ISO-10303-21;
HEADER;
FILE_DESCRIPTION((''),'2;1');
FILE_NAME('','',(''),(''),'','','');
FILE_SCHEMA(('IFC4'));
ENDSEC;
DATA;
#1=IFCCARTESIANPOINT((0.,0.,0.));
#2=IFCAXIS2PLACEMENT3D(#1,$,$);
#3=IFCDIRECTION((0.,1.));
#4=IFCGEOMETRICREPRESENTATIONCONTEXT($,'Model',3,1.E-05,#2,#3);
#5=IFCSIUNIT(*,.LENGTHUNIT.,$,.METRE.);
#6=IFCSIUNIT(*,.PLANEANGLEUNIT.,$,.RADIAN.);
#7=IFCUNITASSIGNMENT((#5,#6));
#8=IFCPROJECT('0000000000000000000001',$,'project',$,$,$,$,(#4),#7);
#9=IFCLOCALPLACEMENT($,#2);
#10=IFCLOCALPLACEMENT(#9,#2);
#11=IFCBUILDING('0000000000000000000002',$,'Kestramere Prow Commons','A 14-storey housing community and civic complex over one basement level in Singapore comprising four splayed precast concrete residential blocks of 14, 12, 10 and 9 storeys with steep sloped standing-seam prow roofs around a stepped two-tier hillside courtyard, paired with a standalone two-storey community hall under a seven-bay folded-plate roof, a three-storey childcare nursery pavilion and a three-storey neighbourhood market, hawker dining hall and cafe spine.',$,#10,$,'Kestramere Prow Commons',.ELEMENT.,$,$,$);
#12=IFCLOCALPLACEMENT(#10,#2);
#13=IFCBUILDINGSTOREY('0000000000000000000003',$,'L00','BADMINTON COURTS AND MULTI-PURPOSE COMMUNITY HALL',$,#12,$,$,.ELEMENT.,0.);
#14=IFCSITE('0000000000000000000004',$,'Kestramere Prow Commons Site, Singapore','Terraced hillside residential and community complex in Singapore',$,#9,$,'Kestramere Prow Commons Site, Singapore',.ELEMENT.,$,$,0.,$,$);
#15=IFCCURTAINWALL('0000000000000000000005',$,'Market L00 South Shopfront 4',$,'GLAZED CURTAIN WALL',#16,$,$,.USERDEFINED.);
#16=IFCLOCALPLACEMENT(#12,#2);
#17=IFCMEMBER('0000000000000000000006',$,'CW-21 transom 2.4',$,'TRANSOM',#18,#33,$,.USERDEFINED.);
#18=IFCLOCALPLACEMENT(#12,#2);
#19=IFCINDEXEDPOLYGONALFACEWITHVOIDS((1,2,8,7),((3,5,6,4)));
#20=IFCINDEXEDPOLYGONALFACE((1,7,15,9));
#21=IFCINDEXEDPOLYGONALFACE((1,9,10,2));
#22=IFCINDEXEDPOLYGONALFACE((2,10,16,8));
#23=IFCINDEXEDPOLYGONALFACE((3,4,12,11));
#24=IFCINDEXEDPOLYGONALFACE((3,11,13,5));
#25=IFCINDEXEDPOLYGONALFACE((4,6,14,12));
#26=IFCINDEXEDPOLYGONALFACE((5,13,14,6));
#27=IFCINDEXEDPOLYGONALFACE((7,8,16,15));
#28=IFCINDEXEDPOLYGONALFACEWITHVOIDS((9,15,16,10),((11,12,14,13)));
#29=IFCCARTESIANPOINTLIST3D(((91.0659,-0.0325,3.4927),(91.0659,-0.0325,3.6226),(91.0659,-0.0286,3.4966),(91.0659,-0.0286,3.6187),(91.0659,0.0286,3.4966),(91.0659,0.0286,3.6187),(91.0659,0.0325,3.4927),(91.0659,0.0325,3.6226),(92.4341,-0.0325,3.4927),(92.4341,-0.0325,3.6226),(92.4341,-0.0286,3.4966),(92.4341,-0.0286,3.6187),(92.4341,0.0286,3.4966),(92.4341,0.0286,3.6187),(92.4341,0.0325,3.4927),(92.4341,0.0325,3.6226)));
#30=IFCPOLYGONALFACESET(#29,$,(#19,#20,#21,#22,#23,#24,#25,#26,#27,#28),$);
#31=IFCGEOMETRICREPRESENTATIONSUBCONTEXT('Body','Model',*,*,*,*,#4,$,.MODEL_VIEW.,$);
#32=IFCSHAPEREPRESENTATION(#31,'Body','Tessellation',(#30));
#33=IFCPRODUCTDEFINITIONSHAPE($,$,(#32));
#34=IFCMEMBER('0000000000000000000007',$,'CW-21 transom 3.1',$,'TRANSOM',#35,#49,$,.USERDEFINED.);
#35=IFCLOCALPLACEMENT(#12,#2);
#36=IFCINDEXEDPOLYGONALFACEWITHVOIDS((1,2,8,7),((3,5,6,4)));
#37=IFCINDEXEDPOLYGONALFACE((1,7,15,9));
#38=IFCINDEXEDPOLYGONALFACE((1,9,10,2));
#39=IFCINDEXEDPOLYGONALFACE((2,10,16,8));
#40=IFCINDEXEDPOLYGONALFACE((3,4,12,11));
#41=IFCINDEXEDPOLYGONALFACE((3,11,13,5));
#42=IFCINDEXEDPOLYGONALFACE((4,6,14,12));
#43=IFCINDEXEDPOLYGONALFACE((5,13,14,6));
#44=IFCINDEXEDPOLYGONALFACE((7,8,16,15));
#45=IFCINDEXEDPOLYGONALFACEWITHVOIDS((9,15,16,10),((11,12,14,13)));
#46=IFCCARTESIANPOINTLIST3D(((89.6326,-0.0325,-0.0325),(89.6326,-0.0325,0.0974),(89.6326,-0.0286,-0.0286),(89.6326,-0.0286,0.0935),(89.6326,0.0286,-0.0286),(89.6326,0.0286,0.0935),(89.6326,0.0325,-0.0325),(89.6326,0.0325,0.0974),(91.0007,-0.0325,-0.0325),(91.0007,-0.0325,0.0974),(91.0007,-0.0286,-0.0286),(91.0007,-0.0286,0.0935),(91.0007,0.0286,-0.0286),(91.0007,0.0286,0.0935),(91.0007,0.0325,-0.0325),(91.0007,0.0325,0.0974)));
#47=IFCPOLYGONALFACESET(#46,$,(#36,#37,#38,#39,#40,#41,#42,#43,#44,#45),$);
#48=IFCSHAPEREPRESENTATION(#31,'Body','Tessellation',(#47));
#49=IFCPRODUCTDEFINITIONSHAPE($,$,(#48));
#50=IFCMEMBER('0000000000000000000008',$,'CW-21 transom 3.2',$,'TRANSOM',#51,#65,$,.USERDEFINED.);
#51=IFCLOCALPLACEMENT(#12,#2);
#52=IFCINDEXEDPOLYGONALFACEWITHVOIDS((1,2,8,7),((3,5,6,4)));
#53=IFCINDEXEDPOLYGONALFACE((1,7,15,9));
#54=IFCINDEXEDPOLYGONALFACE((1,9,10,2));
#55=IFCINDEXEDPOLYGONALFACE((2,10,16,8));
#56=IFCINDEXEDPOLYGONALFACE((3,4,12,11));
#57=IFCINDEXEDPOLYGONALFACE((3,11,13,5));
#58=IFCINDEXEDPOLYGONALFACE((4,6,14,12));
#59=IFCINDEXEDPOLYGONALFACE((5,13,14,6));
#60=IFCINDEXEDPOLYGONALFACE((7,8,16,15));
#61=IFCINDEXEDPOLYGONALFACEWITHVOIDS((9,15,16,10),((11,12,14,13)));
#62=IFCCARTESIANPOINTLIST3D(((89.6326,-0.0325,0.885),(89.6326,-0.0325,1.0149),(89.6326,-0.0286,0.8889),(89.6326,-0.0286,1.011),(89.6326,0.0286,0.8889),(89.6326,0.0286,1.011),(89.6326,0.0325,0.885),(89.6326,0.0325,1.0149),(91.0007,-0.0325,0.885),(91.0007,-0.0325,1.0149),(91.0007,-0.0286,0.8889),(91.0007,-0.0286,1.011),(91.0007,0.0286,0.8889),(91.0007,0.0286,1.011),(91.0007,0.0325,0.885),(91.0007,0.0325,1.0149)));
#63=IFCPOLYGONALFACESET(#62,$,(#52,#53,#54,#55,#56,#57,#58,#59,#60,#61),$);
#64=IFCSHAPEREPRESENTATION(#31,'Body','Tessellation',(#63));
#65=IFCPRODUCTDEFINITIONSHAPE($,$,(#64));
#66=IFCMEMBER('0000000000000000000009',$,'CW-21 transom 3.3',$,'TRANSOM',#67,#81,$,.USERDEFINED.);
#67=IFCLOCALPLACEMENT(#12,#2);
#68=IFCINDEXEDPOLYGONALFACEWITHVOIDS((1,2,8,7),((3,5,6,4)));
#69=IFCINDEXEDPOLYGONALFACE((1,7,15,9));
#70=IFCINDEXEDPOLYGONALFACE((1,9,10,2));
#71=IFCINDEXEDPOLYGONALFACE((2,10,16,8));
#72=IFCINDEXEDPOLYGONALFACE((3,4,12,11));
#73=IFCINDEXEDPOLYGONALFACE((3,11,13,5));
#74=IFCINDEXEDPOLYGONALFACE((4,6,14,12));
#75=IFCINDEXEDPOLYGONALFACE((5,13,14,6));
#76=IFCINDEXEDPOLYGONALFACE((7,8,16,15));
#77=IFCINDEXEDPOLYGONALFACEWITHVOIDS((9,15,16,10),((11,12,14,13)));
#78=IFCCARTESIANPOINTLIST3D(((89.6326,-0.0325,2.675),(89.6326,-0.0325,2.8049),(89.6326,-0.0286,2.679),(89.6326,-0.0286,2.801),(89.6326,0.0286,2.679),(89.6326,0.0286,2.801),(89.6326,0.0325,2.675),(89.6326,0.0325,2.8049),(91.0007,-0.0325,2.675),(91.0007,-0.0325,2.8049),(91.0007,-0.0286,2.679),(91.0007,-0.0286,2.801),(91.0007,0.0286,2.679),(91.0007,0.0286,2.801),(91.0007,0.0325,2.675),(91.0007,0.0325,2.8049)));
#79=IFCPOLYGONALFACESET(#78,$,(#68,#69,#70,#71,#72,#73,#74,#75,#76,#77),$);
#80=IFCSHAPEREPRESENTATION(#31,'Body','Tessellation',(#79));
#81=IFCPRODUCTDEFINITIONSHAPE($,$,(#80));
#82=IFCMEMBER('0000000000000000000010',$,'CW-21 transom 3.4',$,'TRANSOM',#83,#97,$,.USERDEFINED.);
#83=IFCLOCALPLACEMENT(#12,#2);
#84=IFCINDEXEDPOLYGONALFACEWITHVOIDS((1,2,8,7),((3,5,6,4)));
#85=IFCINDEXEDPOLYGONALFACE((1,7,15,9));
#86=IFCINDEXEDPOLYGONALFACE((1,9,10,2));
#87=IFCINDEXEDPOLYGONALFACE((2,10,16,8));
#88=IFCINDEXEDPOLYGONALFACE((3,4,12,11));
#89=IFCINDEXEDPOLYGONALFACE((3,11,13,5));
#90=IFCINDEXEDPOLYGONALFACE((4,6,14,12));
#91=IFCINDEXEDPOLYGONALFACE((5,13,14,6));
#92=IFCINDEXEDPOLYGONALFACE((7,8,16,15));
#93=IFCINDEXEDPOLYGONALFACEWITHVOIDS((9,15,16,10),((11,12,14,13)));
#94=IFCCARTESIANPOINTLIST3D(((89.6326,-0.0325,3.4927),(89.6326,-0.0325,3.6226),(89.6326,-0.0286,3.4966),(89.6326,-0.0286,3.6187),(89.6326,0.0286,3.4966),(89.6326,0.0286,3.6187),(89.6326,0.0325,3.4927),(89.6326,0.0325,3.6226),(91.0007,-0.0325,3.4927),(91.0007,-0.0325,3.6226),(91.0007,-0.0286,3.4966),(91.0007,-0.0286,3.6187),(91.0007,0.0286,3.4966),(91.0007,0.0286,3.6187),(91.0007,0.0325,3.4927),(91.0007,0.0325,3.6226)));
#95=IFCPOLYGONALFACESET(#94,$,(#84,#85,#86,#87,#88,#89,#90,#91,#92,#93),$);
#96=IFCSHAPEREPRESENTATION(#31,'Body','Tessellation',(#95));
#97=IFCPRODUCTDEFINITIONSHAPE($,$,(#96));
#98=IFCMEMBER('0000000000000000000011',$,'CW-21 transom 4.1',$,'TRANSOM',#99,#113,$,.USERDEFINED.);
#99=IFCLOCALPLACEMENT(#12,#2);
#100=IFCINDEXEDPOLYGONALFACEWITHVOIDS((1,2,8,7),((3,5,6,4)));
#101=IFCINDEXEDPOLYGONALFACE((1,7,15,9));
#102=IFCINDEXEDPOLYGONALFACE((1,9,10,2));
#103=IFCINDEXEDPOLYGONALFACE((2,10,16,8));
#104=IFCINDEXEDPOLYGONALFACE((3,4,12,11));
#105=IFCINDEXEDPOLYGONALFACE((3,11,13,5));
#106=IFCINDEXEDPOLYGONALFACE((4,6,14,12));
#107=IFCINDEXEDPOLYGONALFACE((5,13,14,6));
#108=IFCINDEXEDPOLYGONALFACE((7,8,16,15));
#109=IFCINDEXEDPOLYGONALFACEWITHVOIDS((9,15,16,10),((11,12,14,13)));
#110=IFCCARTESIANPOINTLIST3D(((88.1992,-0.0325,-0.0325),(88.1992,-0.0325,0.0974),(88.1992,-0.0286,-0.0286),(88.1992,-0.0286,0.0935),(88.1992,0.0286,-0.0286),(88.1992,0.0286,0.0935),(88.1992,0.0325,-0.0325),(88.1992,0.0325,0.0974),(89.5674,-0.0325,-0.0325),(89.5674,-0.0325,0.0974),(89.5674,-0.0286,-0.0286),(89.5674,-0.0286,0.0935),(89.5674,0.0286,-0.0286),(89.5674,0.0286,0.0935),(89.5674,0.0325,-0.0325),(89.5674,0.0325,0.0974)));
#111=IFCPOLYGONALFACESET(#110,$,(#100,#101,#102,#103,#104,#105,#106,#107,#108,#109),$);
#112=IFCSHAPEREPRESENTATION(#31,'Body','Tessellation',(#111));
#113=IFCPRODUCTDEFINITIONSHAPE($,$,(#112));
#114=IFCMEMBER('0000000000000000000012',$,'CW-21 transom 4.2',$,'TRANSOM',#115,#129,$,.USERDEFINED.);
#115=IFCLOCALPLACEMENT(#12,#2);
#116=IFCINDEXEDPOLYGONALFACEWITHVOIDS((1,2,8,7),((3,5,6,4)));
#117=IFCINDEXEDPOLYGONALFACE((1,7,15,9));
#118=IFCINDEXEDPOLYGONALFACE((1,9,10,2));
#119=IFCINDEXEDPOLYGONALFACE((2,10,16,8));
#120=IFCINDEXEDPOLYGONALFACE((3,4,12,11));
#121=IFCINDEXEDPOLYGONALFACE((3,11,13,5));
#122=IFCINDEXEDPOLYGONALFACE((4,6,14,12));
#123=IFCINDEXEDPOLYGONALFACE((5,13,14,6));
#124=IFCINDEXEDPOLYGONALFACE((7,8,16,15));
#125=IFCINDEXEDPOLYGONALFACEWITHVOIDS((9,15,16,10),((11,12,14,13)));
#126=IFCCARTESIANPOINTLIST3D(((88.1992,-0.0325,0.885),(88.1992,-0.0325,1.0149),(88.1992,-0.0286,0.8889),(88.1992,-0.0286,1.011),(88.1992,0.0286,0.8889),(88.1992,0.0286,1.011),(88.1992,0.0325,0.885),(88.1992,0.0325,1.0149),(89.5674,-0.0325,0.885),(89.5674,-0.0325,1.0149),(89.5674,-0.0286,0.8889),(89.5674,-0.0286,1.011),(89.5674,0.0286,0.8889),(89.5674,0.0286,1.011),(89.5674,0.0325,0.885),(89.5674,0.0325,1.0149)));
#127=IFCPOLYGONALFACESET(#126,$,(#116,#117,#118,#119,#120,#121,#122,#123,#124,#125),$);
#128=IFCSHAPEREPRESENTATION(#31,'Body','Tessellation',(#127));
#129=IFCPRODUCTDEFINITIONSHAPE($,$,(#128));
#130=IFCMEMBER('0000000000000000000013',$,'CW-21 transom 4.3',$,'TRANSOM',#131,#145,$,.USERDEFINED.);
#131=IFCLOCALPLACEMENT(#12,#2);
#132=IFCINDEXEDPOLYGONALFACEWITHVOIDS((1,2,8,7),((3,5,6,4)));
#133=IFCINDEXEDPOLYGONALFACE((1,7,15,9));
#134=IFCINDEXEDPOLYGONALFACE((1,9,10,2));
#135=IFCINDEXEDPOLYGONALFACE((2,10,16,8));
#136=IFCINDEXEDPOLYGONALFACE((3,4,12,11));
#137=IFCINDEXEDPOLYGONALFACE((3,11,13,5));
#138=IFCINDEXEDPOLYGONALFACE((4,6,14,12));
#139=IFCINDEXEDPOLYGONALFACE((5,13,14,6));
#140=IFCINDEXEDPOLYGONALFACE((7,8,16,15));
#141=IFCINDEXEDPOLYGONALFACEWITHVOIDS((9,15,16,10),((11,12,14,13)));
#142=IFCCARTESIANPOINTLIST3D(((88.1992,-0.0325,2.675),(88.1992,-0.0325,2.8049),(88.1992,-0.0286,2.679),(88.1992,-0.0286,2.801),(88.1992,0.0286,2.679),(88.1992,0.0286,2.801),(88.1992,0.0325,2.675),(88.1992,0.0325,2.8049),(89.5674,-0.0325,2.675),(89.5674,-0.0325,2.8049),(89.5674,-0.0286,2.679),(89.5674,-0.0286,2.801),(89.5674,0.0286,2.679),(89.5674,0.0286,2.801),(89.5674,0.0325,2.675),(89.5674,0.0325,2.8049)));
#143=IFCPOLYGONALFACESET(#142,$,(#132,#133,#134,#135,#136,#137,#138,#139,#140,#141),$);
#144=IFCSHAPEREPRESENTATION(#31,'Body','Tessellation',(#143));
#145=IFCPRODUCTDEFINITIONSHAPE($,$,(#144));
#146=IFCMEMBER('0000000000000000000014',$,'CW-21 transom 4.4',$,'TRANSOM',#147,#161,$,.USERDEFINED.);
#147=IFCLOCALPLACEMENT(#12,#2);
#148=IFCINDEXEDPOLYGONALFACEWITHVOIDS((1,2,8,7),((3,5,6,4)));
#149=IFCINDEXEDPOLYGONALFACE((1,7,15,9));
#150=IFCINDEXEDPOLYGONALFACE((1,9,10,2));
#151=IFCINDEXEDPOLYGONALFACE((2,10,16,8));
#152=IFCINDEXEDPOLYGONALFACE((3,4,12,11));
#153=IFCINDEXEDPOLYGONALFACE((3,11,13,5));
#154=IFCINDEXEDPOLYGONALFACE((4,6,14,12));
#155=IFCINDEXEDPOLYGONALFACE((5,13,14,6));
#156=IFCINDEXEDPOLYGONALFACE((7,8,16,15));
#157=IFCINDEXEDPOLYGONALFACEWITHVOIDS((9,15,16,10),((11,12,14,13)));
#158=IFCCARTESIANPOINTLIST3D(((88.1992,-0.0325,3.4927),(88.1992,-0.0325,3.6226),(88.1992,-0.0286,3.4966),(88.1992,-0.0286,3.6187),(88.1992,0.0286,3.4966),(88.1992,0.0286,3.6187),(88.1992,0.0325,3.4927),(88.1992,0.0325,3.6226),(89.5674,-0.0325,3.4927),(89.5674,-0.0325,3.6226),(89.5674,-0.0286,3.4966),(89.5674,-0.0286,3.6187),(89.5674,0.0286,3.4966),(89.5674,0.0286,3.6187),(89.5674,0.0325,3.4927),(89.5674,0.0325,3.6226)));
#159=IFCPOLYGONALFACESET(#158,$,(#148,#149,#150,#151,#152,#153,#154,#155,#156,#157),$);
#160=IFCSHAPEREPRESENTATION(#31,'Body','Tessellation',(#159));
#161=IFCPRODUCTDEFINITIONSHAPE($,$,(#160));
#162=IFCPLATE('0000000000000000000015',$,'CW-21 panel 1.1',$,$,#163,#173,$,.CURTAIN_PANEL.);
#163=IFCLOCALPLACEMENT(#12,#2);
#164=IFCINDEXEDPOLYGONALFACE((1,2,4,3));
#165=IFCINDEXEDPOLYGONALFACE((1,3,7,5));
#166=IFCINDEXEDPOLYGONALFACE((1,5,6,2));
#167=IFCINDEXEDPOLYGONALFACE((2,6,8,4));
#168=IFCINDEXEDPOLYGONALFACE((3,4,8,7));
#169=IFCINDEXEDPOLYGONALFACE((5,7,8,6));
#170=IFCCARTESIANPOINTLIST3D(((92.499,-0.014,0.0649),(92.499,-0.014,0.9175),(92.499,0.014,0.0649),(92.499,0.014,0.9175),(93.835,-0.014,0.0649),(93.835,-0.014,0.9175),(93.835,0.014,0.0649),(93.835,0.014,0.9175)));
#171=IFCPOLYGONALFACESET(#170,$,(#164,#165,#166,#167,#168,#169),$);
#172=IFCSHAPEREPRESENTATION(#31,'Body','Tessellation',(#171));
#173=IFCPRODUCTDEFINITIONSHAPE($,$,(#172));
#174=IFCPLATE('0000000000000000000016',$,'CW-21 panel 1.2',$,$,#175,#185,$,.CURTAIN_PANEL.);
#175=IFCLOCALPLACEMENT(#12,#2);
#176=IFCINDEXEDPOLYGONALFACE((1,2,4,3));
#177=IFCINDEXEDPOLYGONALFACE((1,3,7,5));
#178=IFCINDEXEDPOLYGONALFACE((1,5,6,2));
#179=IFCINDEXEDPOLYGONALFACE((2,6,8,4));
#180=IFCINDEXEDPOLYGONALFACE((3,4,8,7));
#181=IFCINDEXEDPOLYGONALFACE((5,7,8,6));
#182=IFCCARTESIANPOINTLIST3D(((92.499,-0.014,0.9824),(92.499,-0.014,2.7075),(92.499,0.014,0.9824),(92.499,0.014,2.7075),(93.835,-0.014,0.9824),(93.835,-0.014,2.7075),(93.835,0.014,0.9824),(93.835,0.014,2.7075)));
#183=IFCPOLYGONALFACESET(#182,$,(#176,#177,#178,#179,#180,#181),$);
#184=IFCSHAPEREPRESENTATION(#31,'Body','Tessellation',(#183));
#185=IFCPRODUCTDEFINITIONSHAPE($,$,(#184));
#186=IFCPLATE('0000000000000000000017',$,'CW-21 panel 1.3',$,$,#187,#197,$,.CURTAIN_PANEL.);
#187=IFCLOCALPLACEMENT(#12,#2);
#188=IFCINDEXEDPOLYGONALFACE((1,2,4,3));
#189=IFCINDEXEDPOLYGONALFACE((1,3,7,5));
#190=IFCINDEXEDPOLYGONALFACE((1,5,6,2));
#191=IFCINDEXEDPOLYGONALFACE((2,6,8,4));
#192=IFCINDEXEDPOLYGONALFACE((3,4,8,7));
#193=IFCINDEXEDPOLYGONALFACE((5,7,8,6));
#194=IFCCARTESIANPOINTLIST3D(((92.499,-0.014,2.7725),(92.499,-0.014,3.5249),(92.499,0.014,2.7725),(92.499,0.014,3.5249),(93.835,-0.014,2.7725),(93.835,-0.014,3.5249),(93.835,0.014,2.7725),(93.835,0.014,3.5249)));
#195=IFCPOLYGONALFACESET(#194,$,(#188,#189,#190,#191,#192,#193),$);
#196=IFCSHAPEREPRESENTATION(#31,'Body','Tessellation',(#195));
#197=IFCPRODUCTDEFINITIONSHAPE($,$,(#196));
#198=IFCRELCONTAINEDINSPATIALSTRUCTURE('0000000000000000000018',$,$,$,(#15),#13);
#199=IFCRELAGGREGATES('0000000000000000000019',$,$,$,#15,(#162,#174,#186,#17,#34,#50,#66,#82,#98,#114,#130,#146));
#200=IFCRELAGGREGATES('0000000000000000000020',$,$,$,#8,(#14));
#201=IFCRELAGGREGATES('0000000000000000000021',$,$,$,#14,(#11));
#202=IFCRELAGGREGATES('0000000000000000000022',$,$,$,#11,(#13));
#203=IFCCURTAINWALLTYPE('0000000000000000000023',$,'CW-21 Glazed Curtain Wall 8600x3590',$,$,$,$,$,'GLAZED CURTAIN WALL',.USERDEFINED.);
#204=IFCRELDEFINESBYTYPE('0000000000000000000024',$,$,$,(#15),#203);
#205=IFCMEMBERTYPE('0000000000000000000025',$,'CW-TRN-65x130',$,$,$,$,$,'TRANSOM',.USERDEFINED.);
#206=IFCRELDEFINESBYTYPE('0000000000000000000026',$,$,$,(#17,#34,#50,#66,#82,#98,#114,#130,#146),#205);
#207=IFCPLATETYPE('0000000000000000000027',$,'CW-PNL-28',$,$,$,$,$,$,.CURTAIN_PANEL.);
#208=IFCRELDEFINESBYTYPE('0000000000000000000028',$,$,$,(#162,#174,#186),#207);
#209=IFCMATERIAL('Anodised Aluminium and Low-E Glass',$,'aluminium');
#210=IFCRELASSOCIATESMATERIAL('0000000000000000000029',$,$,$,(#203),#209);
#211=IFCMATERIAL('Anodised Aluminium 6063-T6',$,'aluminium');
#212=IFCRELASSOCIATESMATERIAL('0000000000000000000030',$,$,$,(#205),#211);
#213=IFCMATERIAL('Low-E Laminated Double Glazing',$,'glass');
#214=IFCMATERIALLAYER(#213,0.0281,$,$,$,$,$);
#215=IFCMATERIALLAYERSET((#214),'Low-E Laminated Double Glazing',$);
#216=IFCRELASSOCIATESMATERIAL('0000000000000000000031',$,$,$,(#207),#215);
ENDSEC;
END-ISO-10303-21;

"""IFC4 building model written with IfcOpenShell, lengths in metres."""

from ifc_helpers import new_model, si_unit, direction, frame, origin, origin_2d, place, context, subcontext, project, spatial, rectangle, hollow_rectangle, extrude, material, layer, layer_set, material_profile, profile_set, type_object, element, aggregate, save


model = new_model("IFC4")

# Units and contexts
model_context = context("Model", 3, precision=1e-05, world=origin(), true_north=direction((0.0, 1.0)))
body_context = subcontext(model_context, "Body", "Model", "MODEL_VIEW")
ifc_project = project(units=[si_unit("LENGTHUNIT", "METRE"), si_unit("PLANEANGLEUNIT", "RADIAN")], contexts=[model_context])

# Site, building, storey
site_placement = place(None, origin())
site = spatial("IfcSite", under=ifc_project, at=site_placement, Name="Kestramere Prow Commons Site, Singapore", Description="Terraced hillside residential and community complex in Singapore", LongName="Kestramere Prow Commons Site, Singapore", CompositionType="ELEMENT", RefElevation=0.0)
building_placement = place(site_placement, origin())
building = spatial("IfcBuilding", under=site, at=building_placement, Name="Kestramere Prow Commons", Description="A 14-storey housing community and civic complex over one basement level in Singapore comprising four splayed precast concrete residential blocks of 14, 12, 10 and 9 storeys with steep sloped standing-seam prow roofs around a stepped two-tier hillside courtyard, paired with a standalone two-storey community hall under a seven-bay folded-plate roof, a three-storey childcare nursery pavilion and a three-storey neighbourhood market, hawker dining hall and cafe spine.", LongName="Kestramere Prow Commons", CompositionType="ELEMENT")
storey_placement = place(building_placement, origin())
storey = spatial("IfcBuildingStorey", under=building, at=storey_placement, Name="L00", Description="BADMINTON COURTS AND MULTI-PURPOSE COMMUNITY HALL", CompositionType="ELEMENT", Elevation=0.0)

# Curtain wall, members, plates
ifc_material_1 = material(Name="Anodised Aluminium and Low-E Glass", Category="aluminium")
curtain_wall_type = type_object("IfcCurtainWallType", Name="CW-21 Glazed Curtain Wall 8600x3590", ElementType="GLAZED CURTAIN WALL", PredefinedType="USERDEFINED", material=ifc_material_1)
curtain_wall_placement = place(storey_placement, origin())
curtain_wall = element("IfcCurtainWall", 1, at=curtain_wall_placement, inside=storey, type_object=curtain_wall_type, Name="Market L00 South Shopfront 4", ObjectType="GLAZED CURTAIN WALL", PredefinedType="USERDEFINED")
ifc_material_2 = material(Name="Anodised Aluminium 6063-T6", Category="aluminium")
ifc_material_profile_1 = material_profile(ifc_material_2, hollow_rectangle(XDim=0.0649, YDim=0.1299, WallThickness=0.0039, at=origin_2d()), Name="ALU-TRN 65x130")
ifc_profile_set_1 = profile_set([ifc_material_profile_1], Name="Anodised Aluminium 6063-T6")
member_type_1 = type_object("IfcMemberType", Name="CW-TRN-65x130", ElementType="TRANSOM", PredefinedType="USERDEFINED", material=ifc_profile_set_1)
member_1_placement = place(storey_placement, frame((92.4341, 0.0, 3.5576), z_axis=(-1.0, 0.0, 0.0), x_axis=(0.0, -1.0, 0.0)))
member_1 = element("IfcMember", 2, at=member_1_placement, type_object=member_type_1, Name="CW-21 transom 2.4", ObjectType="TRANSOM", PredefinedType="USERDEFINED", context=body_context, shape_type="SweptSolid", body=[
    extrude(hollow_rectangle(XDim=0.0649, YDim=0.1299, WallThickness=0.0039, at=origin_2d()), origin(), (0.0, 0.0, 1.0), 1.3682),
])
member_2_placement = place(storey_placement, frame((91.0007, 0.0, 0.0325), z_axis=(-1.0, 0.0, 0.0), x_axis=(0.0, -1.0, 0.0)))
member_2 = element("IfcMember", 3, at=member_2_placement, type_object=member_type_1, Name="CW-21 transom 3.1", ObjectType="TRANSOM", PredefinedType="USERDEFINED", context=body_context, shape_type="SweptSolid", body=[
    extrude(hollow_rectangle(XDim=0.0649, YDim=0.1299, WallThickness=0.0039, at=origin_2d()), origin(), (0.0, 0.0, 1.0), 1.3682),
])
member_3_placement = place(storey_placement, frame((91.0007, 0.0, 0.95), z_axis=(-1.0, 0.0, 0.0), x_axis=(0.0, -1.0, 0.0)))
member_3 = element("IfcMember", 4, at=member_3_placement, type_object=member_type_1, Name="CW-21 transom 3.2", ObjectType="TRANSOM", PredefinedType="USERDEFINED", context=body_context, shape_type="SweptSolid", body=[
    extrude(hollow_rectangle(XDim=0.0649, YDim=0.1299, WallThickness=0.0039, at=origin_2d()), origin(), (0.0, 0.0, 1.0), 1.3682),
])
member_4_placement = place(storey_placement, frame((91.0007, 0.0, 2.74), z_axis=(-1.0, 0.0, 0.0), x_axis=(0.0, -1.0, 0.0)))
member_4 = element("IfcMember", 5, at=member_4_placement, type_object=member_type_1, Name="CW-21 transom 3.3", ObjectType="TRANSOM", PredefinedType="USERDEFINED", context=body_context, shape_type="SweptSolid", body=[
    extrude(hollow_rectangle(XDim=0.0649, YDim=0.1299, WallThickness=0.0039, at=origin_2d()), origin(), (0.0, 0.0, 1.0), 1.3682),
])
member_5_placement = place(storey_placement, frame((91.0007, 0.0, 3.5576), z_axis=(-1.0, 0.0, 0.0), x_axis=(0.0, -1.0, 0.0)))
member_5 = element("IfcMember", 6, at=member_5_placement, type_object=member_type_1, Name="CW-21 transom 3.4", ObjectType="TRANSOM", PredefinedType="USERDEFINED", context=body_context, shape_type="SweptSolid", body=[
    extrude(hollow_rectangle(XDim=0.0649, YDim=0.1299, WallThickness=0.0039, at=origin_2d()), origin(), (0.0, 0.0, 1.0), 1.3682),
])
member_6_placement = place(storey_placement, frame((89.5674, 0.0, 0.0325), z_axis=(-1.0, 0.0, 0.0), x_axis=(0.0, -1.0, 0.0)))
member_6 = element("IfcMember", 7, at=member_6_placement, type_object=member_type_1, Name="CW-21 transom 4.1", ObjectType="TRANSOM", PredefinedType="USERDEFINED", context=body_context, shape_type="SweptSolid", body=[
    extrude(hollow_rectangle(XDim=0.0649, YDim=0.1299, WallThickness=0.0039, at=origin_2d()), origin(), (0.0, 0.0, 1.0), 1.3682),
])
member_7_placement = place(storey_placement, frame((89.5674, 0.0, 0.95), z_axis=(-1.0, 0.0, 0.0), x_axis=(0.0, -1.0, 0.0)))
member_7 = element("IfcMember", 8, at=member_7_placement, type_object=member_type_1, Name="CW-21 transom 4.2", ObjectType="TRANSOM", PredefinedType="USERDEFINED", context=body_context, shape_type="SweptSolid", body=[
    extrude(hollow_rectangle(XDim=0.0649, YDim=0.1299, WallThickness=0.0039, at=origin_2d()), origin(), (0.0, 0.0, 1.0), 1.3682),
])
member_8_placement = place(storey_placement, frame((89.5674, 0.0, 2.74), z_axis=(-1.0, 0.0, 0.0), x_axis=(0.0, -1.0, 0.0)))
member_8 = element("IfcMember", 9, at=member_8_placement, type_object=member_type_1, Name="CW-21 transom 4.3", ObjectType="TRANSOM", PredefinedType="USERDEFINED", context=body_context, shape_type="SweptSolid", body=[
    extrude(hollow_rectangle(XDim=0.0649, YDim=0.1299, WallThickness=0.0039, at=origin_2d()), origin(), (0.0, 0.0, 1.0), 1.3682),
])
member_9_placement = place(storey_placement, frame((89.5674, 0.0, 3.5576), z_axis=(-1.0, 0.0, 0.0), x_axis=(0.0, -1.0, 0.0)))
member_9 = element("IfcMember", 10, at=member_9_placement, type_object=member_type_1, Name="CW-21 transom 4.4", ObjectType="TRANSOM", PredefinedType="USERDEFINED", context=body_context, shape_type="SweptSolid", body=[
    extrude(hollow_rectangle(XDim=0.0649, YDim=0.1299, WallThickness=0.0039, at=origin_2d()), origin(), (0.0, 0.0, 1.0), 1.3682),
])
ifc_material_3 = material(Name="Low-E Laminated Double Glazing", Category="glass")
ifc_layer = layer(ifc_material_3, 0.0281)
ifc_layer_set = layer_set([ifc_layer], Name="Low-E Laminated Double Glazing")
plate_type = type_object("IfcPlateType", Name="CW-PNL-28", PredefinedType="CURTAIN_PANEL", material=ifc_layer_set)
plate_1_placement = place(storey_placement, frame((93.167, 0.0, 0.0649), z_axis=(0.0, 0.0, 1.0), x_axis=(-1.0, 0.0, 0.0)))
plate_1 = element("IfcPlate", 11, at=plate_1_placement, type_object=plate_type, Name="CW-21 panel 1.1", PredefinedType="CURTAIN_PANEL", context=body_context, shape_type="SweptSolid", body=[
    extrude(rectangle(XDim=1.3359, YDim=0.0281, at=origin_2d()), origin(), (0.0, 0.0, 1.0), 0.8525),
])
plate_2_placement = place(storey_placement, frame((93.167, 0.0, 0.9824), z_axis=(0.0, 0.0, 1.0), x_axis=(-1.0, 0.0, 0.0)))
plate_2 = element("IfcPlate", 12, at=plate_2_placement, type_object=plate_type, Name="CW-21 panel 1.2", PredefinedType="CURTAIN_PANEL", context=body_context, shape_type="SweptSolid", body=[
    extrude(rectangle(XDim=1.3359, YDim=0.0281, at=origin_2d()), origin(), (0.0, 0.0, 1.0), 1.7251),
])
plate_3_placement = place(storey_placement, frame((93.167, 0.0, 2.7725), z_axis=(0.0, 0.0, 1.0), x_axis=(-1.0, 0.0, 0.0)))
plate_3 = element("IfcPlate", 13, at=plate_3_placement, type_object=plate_type, Name="CW-21 panel 1.3", PredefinedType="CURTAIN_PANEL", context=body_context, shape_type="SweptSolid", body=[
    extrude(rectangle(XDim=1.3359, YDim=0.0281, at=origin_2d()), origin(), (0.0, 0.0, 1.0), 0.7524),
])
aggregate(curtain_wall, [plate_1, plate_2, plate_3, member_1, member_2, member_3, member_4, member_5, member_6, member_7, member_8, member_9])

save(model, "model.ifc")
